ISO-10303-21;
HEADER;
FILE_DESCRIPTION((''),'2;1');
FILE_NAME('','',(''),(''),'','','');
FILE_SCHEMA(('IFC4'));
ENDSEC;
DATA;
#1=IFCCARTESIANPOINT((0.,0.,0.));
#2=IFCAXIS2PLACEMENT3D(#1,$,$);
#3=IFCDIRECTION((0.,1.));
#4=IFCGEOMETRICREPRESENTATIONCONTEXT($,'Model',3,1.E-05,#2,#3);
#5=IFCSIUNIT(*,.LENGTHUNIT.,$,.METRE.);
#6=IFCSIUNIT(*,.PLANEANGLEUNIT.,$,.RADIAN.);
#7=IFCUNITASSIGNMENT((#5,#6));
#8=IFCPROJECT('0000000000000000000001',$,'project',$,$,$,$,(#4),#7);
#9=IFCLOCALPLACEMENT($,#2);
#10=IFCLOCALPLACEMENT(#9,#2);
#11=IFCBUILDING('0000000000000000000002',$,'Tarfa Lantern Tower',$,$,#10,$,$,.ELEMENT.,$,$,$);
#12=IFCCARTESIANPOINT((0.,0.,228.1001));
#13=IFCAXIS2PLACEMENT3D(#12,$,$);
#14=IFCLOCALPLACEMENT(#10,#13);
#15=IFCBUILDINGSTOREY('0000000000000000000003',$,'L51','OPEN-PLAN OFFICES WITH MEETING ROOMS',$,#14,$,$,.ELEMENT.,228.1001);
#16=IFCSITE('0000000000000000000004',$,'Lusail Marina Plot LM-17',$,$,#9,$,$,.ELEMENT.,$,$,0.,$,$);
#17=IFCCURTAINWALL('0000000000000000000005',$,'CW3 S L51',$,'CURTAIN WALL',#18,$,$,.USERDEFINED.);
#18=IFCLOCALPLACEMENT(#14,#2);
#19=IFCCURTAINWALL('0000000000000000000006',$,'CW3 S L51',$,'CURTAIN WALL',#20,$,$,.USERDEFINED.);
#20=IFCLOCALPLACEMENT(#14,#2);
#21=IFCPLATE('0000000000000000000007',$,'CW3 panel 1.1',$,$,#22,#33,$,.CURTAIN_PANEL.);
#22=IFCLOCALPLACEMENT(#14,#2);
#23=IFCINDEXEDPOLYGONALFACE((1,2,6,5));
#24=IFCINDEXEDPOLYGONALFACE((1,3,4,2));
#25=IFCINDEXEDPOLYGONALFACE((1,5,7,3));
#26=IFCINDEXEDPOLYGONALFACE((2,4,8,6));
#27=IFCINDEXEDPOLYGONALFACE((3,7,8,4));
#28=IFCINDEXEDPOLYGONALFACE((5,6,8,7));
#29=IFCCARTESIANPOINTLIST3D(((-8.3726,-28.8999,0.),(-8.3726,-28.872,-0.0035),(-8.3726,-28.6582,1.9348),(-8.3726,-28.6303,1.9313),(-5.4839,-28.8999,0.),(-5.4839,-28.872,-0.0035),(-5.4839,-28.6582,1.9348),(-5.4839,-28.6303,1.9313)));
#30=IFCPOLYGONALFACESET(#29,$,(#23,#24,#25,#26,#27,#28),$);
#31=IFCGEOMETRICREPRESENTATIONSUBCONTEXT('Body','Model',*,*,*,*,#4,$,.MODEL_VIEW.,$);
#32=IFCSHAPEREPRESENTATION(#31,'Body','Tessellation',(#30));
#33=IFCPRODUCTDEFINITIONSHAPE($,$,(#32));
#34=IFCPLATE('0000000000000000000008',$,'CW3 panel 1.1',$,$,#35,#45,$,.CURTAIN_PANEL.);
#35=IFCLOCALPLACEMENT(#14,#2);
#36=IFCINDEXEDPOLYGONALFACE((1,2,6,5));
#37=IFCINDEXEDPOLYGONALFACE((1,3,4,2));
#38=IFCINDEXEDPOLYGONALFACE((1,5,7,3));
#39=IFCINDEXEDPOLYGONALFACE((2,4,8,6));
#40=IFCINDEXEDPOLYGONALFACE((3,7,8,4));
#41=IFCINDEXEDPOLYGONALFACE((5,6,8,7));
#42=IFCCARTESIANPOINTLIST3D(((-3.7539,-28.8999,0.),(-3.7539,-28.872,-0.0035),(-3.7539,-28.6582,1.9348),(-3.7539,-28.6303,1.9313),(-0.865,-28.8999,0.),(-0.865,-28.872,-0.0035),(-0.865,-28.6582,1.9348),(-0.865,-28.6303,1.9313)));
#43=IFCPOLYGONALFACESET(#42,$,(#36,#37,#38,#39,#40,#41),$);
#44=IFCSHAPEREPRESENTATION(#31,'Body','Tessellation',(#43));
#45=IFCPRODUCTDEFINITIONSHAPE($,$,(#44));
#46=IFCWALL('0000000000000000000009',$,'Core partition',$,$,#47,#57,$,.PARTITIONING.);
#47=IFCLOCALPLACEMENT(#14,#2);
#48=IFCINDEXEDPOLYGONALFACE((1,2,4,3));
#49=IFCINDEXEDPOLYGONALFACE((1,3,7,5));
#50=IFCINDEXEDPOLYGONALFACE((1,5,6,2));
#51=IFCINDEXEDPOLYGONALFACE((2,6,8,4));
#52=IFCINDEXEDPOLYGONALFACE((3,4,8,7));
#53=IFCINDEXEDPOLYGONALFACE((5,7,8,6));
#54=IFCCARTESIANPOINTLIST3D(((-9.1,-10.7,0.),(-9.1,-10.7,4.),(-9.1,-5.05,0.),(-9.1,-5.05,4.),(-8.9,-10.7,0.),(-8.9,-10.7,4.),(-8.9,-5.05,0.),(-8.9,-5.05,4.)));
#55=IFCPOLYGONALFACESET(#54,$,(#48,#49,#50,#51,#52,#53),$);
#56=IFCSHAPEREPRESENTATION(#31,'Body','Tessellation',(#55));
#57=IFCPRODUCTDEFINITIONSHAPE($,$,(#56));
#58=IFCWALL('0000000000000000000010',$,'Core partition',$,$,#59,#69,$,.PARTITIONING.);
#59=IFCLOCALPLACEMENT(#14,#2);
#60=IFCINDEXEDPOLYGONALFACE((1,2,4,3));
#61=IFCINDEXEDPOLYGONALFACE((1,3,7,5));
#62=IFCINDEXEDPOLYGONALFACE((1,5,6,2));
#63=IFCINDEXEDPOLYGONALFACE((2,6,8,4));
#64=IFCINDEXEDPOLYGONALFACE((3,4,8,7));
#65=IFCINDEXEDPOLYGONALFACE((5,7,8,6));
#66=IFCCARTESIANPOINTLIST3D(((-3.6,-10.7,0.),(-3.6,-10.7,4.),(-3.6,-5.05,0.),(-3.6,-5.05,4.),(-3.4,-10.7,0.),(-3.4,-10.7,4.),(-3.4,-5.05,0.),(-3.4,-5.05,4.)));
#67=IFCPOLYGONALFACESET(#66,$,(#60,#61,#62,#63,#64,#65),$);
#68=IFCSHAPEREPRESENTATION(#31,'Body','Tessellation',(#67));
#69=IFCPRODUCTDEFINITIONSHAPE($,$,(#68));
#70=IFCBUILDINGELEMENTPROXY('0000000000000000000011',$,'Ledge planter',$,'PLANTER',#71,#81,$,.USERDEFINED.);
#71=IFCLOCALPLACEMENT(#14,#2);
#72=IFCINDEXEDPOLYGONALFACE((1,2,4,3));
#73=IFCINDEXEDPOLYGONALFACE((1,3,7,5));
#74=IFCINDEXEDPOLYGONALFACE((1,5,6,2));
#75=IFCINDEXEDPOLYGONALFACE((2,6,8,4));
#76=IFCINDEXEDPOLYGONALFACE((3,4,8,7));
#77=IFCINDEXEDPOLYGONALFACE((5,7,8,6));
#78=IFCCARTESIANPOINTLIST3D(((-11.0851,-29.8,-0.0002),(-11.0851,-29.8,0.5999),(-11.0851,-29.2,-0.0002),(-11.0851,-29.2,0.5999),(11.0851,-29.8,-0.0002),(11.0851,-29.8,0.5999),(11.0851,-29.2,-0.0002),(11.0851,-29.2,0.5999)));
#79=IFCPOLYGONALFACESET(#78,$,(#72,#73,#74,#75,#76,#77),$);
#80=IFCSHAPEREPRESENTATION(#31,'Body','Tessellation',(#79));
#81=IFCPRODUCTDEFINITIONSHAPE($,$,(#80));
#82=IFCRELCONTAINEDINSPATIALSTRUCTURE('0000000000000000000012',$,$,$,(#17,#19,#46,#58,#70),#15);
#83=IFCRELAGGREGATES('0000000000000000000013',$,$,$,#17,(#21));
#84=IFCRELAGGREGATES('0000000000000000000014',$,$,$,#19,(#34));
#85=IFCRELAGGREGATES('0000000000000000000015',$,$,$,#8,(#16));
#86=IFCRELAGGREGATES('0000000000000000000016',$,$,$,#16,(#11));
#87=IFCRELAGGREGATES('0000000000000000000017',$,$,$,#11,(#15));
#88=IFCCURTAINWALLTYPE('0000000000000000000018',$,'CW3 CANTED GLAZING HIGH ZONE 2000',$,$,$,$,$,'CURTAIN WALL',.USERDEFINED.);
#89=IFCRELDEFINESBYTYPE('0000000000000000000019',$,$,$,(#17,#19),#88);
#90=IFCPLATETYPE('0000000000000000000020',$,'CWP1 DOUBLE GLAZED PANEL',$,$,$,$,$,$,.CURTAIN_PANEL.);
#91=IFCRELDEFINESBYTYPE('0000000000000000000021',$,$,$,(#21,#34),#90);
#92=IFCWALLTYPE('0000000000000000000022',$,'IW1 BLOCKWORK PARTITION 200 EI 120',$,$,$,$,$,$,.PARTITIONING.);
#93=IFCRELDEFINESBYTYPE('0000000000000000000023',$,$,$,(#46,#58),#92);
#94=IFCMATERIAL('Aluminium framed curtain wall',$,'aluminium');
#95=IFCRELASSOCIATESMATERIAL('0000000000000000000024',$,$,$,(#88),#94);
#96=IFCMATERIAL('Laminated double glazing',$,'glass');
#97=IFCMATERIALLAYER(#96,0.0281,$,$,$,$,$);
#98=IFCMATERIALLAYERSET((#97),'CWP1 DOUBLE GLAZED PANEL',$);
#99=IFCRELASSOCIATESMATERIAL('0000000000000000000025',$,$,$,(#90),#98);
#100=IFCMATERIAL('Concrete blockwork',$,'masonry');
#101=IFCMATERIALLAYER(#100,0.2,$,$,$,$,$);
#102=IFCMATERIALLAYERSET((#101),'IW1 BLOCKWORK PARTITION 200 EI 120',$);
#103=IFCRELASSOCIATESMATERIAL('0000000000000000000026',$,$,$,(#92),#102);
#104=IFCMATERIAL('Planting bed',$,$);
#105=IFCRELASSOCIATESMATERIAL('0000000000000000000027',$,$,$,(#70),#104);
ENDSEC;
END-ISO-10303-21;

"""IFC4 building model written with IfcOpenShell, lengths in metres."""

from ifc_helpers import new_model, si_unit, direction, frame, frame_2d, origin, origin_2d, place, context, subcontext, project, spatial, polyline, rectangle, outline, extrude, material, layer, layer_set, type_object, element, aggregate, save


model = new_model("IFC4")

# Units and contexts
model_context = context("Model", 3, precision=1e-05, world=origin(), true_north=direction((0.0, 1.0)))
body_context = subcontext(model_context, "Body", "Model", "MODEL_VIEW")
ifc_project = project(units=[si_unit("LENGTHUNIT", "METRE"), si_unit("PLANEANGLEUNIT", "RADIAN")], contexts=[model_context])

# Site, building, storey
site_placement = place(None, origin())
site = spatial("IfcSite", under=ifc_project, at=site_placement, Name="Lusail Marina Plot LM-17", CompositionType="ELEMENT", RefElevation=0.0)
building_placement = place(site_placement, origin())
building = spatial("IfcBuilding", under=site, at=building_placement, Name="Tarfa Lantern Tower", CompositionType="ELEMENT")
storey_placement = place(building_placement, frame((0.0, 0.0, 228.1001)))
storey = spatial("IfcBuildingStorey", under=building, at=storey_placement, Name="L51", Description="OPEN-PLAN OFFICES WITH MEETING ROOMS", CompositionType="ELEMENT", Elevation=228.1001)

# Curtain walls
ifc_material_1 = material(Name="Aluminium framed curtain wall", Category="aluminium")
curtain_wall_type = type_object("IfcCurtainWallType", Name="CW3 CANTED GLAZING HIGH ZONE 2000", ElementType="CURTAIN WALL", PredefinedType="USERDEFINED", material=ifc_material_1)
curtain_wall_1_placement = place(storey_placement, origin())
curtain_wall_1 = element("IfcCurtainWall", 1, at=curtain_wall_1_placement, inside=storey, type_object=curtain_wall_type, Name="CW3 S L51", ObjectType="CURTAIN WALL", PredefinedType="USERDEFINED")
curtain_wall_2_placement = place(storey_placement, origin())
curtain_wall_2 = element("IfcCurtainWall", 2, at=curtain_wall_2_placement, inside=storey, type_object=curtain_wall_type, Name="CW3 S L51", ObjectType="CURTAIN WALL", PredefinedType="USERDEFINED")

# Plates
ifc_material_2 = material(Name="Laminated double glazing", Category="glass")
ifc_layer_1 = layer(ifc_material_2, 0.0281)
ifc_layer_set_1 = layer_set([ifc_layer_1], Name="CWP1 DOUBLE GLAZED PANEL")
plate_type = type_object("IfcPlateType", Name="CWP1 DOUBLE GLAZED PANEL", PredefinedType="CURTAIN_PANEL", material=ifc_layer_set_1)
plate_1_placement = place(storey_placement, frame((-8.3726, -28.8999, 0.0), z_axis=(0.0, -0.992288, 0.123958), x_axis=(1.0, 0.0, 0.0)))
plate_1 = element("IfcPlate", 3, at=plate_1_placement, type_object=plate_type, Name="CW3 panel 1.1", PredefinedType="CURTAIN_PANEL", context=body_context, shape_type="SweptSolid", body=[
    extrude(outline(polyline([(0.0, 0.0), (2.8887, 0.0), (2.8887, 1.9499), (0.0, 1.9499), (0.0, 0.0)])), origin(), (0.0, 0.0, -1.0), 0.0281),
])
aggregate(curtain_wall_1, [plate_1])
plate_2_placement = place(storey_placement, frame((-3.7539, -28.8999, 0.0), z_axis=(0.0, -0.992288, 0.123958), x_axis=(1.0, 0.0, 0.0)))
plate_2 = element("IfcPlate", 4, at=plate_2_placement, type_object=plate_type, Name="CW3 panel 1.1", PredefinedType="CURTAIN_PANEL", context=body_context, shape_type="SweptSolid", body=[
    extrude(outline(polyline([(0.0, 0.0), (2.8889, 0.0), (2.8889, 1.9499), (0.0, 1.9499), (0.0, 0.0)])), origin(), (0.0, 0.0, -1.0), 0.0281),
])
aggregate(curtain_wall_2, [plate_2])

# Walls
ifc_material_3 = material(Name="Concrete blockwork", Category="masonry")
ifc_layer_2 = layer(ifc_material_3, 0.2)
ifc_layer_set_2 = layer_set([ifc_layer_2], Name="IW1 BLOCKWORK PARTITION 200 EI 120")
wall_type = type_object("IfcWallType", Name="IW1 BLOCKWORK PARTITION 200 EI 120", PredefinedType="PARTITIONING", material=ifc_layer_set_2)
for number, where, z_axis, x_axis, name in (
    (5, (-9.0, -5.05, 0.0), (0.0, 0.0, 1.0), (0.0, -1.0, 0.0), "Core partition"),
    (6, (-3.5, -5.05, 0.0), (0.0, 0.0, 1.0), (0.0, -1.0, 0.0), "Core partition"),
):
    element("IfcWall", number, at=place(storey_placement, frame(where, z_axis=z_axis, x_axis=x_axis)), inside=storey, type_object=wall_type, Name=name, PredefinedType="PARTITIONING", context=body_context, shape_type="SweptSolid", body=[
        extrude(rectangle(XDim=5.6499, YDim=0.2, at=frame_2d((2.825, 0.0))), origin(), (0.0, 0.0, 1.0), 4.0),
    ])

# Building element proxy
ifc_material_4 = material(Name="Planting bed")
proxy_placement = place(storey_placement, frame((0.0, -29.5, -0.0002), z_axis=(0.0, 0.0, 1.0), x_axis=(1.0, 0.0, 0.0)))
element("IfcBuildingElementProxy", 7, at=proxy_placement, inside=storey, material=ifc_material_4, Name="Ledge planter", ObjectType="PLANTER", PredefinedType="USERDEFINED", context=body_context, shape_type="SweptSolid", body=[
    extrude(rectangle(XDim=22.1702, YDim=0.6001, at=origin_2d()), origin(), (0.0, 0.0, 1.0), 0.6001),
])

save(model, "model.ifc")
